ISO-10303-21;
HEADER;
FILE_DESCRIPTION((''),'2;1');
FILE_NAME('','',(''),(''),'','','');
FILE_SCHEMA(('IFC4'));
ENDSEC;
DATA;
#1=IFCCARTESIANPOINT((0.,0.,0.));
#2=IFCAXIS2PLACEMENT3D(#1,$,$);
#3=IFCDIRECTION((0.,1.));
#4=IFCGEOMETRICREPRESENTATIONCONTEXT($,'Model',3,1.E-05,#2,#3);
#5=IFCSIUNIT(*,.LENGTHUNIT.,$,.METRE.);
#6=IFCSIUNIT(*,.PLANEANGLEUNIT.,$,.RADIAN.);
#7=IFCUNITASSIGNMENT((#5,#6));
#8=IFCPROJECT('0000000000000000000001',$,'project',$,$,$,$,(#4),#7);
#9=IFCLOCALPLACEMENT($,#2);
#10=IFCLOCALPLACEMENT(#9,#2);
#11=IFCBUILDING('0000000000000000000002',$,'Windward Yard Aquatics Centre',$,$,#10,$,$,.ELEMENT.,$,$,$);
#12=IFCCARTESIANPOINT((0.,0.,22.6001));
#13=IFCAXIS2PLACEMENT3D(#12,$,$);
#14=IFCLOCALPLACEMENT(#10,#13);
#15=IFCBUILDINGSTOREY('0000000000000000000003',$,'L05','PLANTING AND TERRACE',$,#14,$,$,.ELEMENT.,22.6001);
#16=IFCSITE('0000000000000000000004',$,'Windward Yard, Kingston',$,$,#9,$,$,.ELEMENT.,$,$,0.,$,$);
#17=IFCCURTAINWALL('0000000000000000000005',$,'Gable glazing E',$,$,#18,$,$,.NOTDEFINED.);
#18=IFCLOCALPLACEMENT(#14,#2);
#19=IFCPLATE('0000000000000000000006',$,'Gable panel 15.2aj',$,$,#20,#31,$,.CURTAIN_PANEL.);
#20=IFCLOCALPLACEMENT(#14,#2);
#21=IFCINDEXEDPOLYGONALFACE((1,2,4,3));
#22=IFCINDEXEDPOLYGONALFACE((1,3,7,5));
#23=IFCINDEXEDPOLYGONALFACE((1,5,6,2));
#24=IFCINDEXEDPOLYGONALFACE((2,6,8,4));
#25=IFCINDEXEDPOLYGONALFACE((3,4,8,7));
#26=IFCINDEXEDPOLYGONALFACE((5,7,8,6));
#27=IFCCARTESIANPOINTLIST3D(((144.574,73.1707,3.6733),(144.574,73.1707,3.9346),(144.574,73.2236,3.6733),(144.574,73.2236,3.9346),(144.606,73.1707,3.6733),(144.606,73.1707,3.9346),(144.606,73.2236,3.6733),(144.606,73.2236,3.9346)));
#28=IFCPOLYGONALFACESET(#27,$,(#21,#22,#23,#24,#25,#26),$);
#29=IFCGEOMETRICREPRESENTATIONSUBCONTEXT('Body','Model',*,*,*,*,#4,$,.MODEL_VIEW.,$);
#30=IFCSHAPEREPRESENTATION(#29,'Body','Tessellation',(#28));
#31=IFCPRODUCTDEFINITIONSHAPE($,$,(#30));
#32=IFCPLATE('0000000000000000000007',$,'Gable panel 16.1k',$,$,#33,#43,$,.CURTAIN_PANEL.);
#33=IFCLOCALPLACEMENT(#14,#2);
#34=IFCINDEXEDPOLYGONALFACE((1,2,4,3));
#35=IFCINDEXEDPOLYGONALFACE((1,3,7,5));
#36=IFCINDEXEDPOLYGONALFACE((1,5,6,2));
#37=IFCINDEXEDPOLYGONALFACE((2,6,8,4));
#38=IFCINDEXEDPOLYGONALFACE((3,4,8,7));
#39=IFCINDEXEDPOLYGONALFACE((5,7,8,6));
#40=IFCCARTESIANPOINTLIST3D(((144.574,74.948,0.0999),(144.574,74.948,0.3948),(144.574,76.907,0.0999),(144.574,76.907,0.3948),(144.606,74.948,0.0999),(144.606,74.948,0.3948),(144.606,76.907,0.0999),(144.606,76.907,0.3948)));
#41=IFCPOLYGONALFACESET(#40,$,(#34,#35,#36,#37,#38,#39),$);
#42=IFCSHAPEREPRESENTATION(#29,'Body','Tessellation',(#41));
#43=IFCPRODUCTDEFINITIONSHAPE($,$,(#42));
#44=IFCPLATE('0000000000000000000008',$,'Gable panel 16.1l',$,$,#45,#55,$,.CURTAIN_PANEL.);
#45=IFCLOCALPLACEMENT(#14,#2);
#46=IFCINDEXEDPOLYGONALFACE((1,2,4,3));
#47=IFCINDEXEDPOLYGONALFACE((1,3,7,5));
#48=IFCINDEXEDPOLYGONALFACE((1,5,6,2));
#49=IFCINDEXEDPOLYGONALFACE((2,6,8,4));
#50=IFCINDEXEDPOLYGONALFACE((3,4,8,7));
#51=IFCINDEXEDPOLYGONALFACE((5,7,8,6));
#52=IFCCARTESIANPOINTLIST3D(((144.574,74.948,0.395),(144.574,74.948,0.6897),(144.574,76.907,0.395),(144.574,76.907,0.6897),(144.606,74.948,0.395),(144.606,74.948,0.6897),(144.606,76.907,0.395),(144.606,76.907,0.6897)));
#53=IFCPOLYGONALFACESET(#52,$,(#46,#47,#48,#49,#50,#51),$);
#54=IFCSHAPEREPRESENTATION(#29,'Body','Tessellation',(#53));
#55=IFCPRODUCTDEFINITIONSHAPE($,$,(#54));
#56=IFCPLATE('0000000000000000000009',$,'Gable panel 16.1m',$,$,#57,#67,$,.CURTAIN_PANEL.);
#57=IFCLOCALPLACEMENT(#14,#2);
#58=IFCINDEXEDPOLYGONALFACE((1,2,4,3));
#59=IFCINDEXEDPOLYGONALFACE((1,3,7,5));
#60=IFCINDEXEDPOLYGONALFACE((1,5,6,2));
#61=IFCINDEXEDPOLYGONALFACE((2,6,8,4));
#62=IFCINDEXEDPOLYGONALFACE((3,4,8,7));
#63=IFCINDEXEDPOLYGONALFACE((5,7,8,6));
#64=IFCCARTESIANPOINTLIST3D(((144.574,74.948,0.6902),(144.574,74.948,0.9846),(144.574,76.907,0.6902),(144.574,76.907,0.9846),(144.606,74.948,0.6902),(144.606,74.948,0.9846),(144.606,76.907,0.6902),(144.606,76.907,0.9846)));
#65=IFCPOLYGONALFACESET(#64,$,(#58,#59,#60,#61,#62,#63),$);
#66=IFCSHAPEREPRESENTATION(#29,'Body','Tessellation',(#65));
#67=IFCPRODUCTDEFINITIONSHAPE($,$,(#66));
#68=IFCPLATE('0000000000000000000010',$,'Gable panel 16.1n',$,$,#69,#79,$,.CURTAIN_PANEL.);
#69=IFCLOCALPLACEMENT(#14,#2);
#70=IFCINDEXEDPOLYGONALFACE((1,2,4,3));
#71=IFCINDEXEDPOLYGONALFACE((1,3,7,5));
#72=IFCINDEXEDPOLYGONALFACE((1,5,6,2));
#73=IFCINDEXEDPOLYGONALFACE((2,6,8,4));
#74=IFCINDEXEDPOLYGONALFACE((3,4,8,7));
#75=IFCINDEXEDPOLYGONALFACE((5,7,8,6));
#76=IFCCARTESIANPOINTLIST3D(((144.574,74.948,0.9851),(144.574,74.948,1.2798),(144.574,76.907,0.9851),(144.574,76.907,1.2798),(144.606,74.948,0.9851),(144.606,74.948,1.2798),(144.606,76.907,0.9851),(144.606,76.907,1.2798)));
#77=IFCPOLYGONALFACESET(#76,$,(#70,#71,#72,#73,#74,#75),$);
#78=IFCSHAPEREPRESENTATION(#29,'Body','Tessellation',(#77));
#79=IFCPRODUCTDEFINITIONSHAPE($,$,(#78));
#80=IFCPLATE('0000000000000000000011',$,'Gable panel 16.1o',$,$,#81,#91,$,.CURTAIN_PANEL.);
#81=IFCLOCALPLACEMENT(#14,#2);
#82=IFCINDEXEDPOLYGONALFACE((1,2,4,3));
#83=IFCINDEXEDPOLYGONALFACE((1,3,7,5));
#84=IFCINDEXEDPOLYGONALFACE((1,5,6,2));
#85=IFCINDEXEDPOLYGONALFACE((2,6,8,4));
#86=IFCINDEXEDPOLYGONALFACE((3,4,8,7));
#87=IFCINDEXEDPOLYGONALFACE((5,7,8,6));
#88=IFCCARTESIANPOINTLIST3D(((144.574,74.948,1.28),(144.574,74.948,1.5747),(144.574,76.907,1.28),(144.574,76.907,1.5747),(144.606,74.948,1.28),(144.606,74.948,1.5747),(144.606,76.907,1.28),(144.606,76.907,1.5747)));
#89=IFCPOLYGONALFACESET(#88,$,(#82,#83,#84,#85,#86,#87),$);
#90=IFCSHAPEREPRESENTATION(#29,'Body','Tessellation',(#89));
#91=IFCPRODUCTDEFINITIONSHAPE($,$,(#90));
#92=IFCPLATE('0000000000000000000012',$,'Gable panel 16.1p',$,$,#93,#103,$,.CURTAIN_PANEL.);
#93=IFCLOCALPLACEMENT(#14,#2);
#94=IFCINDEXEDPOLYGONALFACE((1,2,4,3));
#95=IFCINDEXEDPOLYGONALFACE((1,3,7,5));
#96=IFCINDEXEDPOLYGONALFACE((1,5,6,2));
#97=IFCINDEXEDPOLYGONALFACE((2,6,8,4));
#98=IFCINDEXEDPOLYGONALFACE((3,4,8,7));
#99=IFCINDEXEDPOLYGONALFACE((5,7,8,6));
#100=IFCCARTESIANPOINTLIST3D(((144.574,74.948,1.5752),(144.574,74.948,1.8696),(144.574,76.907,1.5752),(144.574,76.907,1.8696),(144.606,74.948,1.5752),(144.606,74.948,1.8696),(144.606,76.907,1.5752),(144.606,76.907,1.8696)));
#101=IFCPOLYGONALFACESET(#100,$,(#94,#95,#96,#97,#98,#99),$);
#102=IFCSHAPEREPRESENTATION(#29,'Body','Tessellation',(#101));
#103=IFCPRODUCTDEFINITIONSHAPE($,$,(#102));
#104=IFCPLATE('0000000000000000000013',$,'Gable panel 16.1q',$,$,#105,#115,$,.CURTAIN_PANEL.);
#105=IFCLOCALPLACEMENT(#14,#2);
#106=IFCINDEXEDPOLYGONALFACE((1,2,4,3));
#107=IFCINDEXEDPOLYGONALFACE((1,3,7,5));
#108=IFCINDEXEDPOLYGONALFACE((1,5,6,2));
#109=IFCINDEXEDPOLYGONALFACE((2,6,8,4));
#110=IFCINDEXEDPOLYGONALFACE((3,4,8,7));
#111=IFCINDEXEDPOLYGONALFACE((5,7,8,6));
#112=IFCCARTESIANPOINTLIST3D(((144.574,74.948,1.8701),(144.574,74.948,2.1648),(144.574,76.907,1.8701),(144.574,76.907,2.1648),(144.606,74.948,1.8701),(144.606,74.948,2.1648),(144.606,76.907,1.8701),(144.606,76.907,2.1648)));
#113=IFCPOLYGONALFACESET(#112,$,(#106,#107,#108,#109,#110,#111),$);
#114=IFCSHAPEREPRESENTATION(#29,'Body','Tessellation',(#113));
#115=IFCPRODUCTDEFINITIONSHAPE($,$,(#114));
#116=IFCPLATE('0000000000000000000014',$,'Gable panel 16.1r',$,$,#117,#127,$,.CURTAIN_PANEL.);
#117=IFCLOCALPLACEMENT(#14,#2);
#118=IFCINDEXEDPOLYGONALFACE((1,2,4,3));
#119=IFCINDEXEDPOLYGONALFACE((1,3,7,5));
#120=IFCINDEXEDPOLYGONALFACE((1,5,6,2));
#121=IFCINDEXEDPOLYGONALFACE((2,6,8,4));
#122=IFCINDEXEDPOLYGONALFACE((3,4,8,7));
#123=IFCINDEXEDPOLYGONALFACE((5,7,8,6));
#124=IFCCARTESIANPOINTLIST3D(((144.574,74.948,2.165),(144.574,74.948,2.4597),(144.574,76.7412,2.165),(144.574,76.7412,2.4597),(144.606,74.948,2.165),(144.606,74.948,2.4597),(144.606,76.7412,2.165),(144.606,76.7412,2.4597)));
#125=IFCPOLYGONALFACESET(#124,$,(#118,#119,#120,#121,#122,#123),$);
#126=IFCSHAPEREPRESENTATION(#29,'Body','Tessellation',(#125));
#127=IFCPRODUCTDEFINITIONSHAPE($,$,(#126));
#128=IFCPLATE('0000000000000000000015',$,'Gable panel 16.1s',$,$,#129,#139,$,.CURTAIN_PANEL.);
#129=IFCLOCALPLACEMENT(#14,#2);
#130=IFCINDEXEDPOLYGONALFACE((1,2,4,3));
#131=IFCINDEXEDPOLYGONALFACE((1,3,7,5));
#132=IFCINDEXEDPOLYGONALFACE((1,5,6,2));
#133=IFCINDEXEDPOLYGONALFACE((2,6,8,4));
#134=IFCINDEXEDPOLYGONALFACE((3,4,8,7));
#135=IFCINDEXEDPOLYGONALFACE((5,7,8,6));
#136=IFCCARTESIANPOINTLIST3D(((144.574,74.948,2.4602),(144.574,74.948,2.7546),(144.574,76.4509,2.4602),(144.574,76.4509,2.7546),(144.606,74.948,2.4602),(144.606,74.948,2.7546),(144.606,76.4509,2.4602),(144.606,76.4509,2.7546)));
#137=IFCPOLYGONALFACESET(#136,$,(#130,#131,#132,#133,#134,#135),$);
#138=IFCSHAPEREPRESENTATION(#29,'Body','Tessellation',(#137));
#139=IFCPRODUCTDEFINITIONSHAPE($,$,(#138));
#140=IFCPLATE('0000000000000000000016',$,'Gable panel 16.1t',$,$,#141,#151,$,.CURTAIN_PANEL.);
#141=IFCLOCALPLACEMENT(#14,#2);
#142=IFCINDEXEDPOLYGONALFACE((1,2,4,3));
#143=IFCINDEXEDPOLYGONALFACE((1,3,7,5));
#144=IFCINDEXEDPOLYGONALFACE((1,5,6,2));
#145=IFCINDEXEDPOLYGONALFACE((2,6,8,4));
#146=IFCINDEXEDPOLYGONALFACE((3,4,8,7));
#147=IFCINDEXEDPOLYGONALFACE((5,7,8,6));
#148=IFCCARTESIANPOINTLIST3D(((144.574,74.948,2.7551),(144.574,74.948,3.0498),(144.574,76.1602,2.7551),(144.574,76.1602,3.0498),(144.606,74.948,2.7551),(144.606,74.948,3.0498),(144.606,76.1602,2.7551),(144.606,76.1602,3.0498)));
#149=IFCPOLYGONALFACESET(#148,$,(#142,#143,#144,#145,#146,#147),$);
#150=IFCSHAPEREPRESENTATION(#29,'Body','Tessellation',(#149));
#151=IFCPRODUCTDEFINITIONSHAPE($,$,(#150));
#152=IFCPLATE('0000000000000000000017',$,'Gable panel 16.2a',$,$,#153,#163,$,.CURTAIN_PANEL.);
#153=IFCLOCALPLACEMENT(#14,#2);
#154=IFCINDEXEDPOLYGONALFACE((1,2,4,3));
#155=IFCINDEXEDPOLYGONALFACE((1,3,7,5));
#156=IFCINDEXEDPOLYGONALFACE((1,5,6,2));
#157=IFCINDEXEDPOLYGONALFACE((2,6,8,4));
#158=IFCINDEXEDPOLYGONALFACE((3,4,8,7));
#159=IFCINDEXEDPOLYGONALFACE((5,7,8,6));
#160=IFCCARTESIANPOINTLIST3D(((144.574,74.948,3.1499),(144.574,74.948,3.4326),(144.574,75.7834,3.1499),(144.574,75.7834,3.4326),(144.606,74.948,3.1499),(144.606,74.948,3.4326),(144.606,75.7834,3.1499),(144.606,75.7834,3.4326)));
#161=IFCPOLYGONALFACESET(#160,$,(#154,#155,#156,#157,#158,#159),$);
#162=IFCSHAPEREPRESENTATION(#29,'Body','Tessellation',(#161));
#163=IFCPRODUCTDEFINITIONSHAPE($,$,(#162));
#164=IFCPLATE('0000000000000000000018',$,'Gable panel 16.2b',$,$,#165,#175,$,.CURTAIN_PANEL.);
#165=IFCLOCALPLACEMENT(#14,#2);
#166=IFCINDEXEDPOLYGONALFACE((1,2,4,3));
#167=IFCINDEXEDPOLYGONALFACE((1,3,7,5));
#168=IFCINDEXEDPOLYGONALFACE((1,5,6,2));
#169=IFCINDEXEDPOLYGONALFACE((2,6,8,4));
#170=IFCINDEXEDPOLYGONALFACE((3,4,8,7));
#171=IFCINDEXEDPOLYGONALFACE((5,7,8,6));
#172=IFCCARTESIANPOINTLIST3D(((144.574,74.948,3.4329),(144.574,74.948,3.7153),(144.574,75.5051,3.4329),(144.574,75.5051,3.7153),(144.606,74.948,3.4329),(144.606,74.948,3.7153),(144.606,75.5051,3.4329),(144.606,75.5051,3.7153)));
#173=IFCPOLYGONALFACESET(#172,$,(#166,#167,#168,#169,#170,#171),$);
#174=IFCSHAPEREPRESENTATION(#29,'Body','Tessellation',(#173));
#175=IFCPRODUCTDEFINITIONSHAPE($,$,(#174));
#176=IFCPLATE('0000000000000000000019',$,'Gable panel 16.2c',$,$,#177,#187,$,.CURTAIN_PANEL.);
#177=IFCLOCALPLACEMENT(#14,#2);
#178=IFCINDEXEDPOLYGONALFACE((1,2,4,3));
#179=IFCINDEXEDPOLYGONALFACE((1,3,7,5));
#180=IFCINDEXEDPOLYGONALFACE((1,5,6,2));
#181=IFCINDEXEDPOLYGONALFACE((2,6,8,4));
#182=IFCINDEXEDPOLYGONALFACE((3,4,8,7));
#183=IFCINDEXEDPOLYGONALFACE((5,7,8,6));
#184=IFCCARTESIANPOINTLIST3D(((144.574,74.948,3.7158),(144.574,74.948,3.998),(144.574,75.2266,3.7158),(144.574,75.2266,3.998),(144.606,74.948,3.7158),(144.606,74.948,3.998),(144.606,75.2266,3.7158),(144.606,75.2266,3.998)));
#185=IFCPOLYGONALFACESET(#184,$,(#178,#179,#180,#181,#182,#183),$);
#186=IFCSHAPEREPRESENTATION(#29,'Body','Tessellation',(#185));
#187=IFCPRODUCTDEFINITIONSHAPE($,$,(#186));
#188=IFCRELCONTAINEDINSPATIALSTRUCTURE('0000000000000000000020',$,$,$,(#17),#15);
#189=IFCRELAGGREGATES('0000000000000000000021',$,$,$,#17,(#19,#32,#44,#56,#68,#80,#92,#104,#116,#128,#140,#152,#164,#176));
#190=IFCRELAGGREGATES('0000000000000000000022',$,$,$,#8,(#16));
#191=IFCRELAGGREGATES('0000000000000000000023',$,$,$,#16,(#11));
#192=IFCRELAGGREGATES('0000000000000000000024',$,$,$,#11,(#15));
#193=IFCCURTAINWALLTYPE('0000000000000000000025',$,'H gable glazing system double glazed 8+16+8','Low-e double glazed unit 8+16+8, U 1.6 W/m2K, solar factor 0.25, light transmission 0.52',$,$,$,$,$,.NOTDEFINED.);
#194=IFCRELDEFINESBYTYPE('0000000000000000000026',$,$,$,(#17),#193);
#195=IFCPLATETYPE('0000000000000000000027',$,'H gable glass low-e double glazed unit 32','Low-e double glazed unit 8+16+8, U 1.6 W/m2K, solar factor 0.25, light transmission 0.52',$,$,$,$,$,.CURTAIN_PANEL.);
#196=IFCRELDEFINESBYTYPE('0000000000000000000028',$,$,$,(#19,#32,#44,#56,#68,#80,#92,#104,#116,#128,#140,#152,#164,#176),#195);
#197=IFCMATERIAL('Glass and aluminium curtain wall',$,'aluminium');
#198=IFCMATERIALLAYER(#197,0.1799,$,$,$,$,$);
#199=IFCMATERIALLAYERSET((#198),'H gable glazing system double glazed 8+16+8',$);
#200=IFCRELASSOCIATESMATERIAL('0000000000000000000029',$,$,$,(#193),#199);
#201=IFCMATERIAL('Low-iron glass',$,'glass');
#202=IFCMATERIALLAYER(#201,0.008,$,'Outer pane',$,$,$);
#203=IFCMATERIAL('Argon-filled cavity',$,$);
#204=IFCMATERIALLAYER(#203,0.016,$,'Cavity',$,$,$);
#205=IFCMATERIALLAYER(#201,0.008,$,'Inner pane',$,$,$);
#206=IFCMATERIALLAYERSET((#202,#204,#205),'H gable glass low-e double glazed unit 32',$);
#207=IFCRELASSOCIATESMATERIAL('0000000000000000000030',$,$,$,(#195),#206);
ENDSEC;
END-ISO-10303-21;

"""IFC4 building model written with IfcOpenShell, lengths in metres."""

from ifc_helpers import new_model, si_unit, direction, frame, origin, place, context, subcontext, project, spatial, polyline, outline, extrude, material, layer, layer_set, type_object, element, aggregate, save


model = new_model("IFC4")

# Units and contexts
model_context = context("Model", 3, precision=1e-05, world=origin(), true_north=direction((0.0, 1.0)))
body_context = subcontext(model_context, "Body", "Model", "MODEL_VIEW")
ifc_project = project(units=[si_unit("LENGTHUNIT", "METRE"), si_unit("PLANEANGLEUNIT", "RADIAN")], contexts=[model_context])

# Site, building, storey
site_placement = place(None, origin())
site = spatial("IfcSite", under=ifc_project, at=site_placement, Name="Windward Yard, Kingston", CompositionType="ELEMENT", RefElevation=0.0)
building_placement = place(site_placement, origin())
building = spatial("IfcBuilding", under=site, at=building_placement, Name="Windward Yard Aquatics Centre", CompositionType="ELEMENT")
storey_placement = place(building_placement, frame((0.0, 0.0, 22.6001)))
storey = spatial("IfcBuildingStorey", under=building, at=storey_placement, Name="L05", Description="PLANTING AND TERRACE", CompositionType="ELEMENT", Elevation=22.6001)

# Curtain wall, plates
ifc_material_1 = material(Name="Glass and aluminium curtain wall", Category="aluminium")
ifc_layer_1 = layer(ifc_material_1, 0.1799)
ifc_layer_set_1 = layer_set([ifc_layer_1], Name="H gable glazing system double glazed 8+16+8")
curtain_wall_type = type_object("IfcCurtainWallType", Name="H gable glazing system double glazed 8+16+8", Description="Low-e double glazed unit 8+16+8, U 1.6 W/m2K, solar factor 0.25, light transmission 0.52", PredefinedType="NOTDEFINED", material=ifc_layer_set_1)
curtain_wall_placement = place(storey_placement, origin())
curtain_wall = element("IfcCurtainWall", 1, at=curtain_wall_placement, inside=storey, type_object=curtain_wall_type, Name="Gable glazing E", PredefinedType="NOTDEFINED")
ifc_material_2 = material(Name="Low-iron glass", Category="glass")
ifc_layer_2 = layer(ifc_material_2, 0.008, Name="Outer pane")
ifc_material_3 = material(Name="Argon-filled cavity")
ifc_layer_3 = layer(ifc_material_3, 0.016, Name="Cavity")
ifc_layer_4 = layer(ifc_material_2, 0.008, Name="Inner pane")
ifc_layer_set_2 = layer_set([ifc_layer_2, ifc_layer_3, ifc_layer_4], Name="H gable glass low-e double glazed unit 32")
plate_type = type_object("IfcPlateType", Name="H gable glass low-e double glazed unit 32", Description="Low-e double glazed unit 8+16+8, U 1.6 W/m2K, solar factor 0.25, light transmission 0.52", PredefinedType="CURTAIN_PANEL", material=ifc_layer_set_2)
plate_1_placement = place(storey_placement, frame((144.606, 73.1707, 3.6733), z_axis=(1.0, 0.0, 0.0), x_axis=(0.0, 1.0, 0.0)))
plate_1 = element("IfcPlate", 2, at=plate_1_placement, type_object=plate_type, Name="Gable panel 15.2aj", PredefinedType="CURTAIN_PANEL", context=body_context, shape_type="SweptSolid", body=[
    extrude(outline(polyline([(0.0, 0.0), (0.053, 0.0), (0.053, 0.2612), (0.0, 0.2612), (0.0, 0.0)])), origin(), (0.0, 0.0, -1.0), 0.032),
])
plate_2_placement = place(storey_placement, frame((144.606, 74.948, 0.0999), z_axis=(1.0, 0.0, 0.0), x_axis=(0.0, 1.0, 0.0)))
plate_2 = element("IfcPlate", 3, at=plate_2_placement, type_object=plate_type, Name="Gable panel 16.1k", PredefinedType="CURTAIN_PANEL", context=body_context, shape_type="SweptSolid", body=[
    extrude(outline(polyline([(0.0, 0.0), (1.959, 0.0), (1.959, 0.2949), (0.0, 0.2949), (0.0, 0.0)])), origin(), (0.0, 0.0, -1.0), 0.032),
])
plate_3_placement = place(storey_placement, frame((144.606, 74.948, 0.395), z_axis=(1.0, 0.0, 0.0), x_axis=(0.0, 1.0, 0.0)))
plate_3 = element("IfcPlate", 4, at=plate_3_placement, type_object=plate_type, Name="Gable panel 16.1l", PredefinedType="CURTAIN_PANEL", context=body_context, shape_type="SweptSolid", body=[
    extrude(outline(polyline([(0.0, 0.0), (1.959, 0.0), (1.959, 0.2947), (0.0, 0.2947), (0.0, 0.0)])), origin(), (0.0, 0.0, -1.0), 0.032),
])
plate_4_placement = place(storey_placement, frame((144.606, 74.948, 0.6902), z_axis=(1.0, 0.0, 0.0), x_axis=(0.0, 1.0, 0.0)))
plate_4 = element("IfcPlate", 5, at=plate_4_placement, type_object=plate_type, Name="Gable panel 16.1m", PredefinedType="CURTAIN_PANEL", context=body_context, shape_type="SweptSolid", body=[
    extrude(outline(polyline([(0.0, 0.0), (1.959, 0.0), (1.959, 0.2944), (0.0, 0.2944), (0.0, 0.0)])), origin(), (0.0, 0.0, -1.0), 0.032),
])
plate_5_placement = place(storey_placement, frame((144.606, 74.948, 0.9851), z_axis=(1.0, 0.0, 0.0), x_axis=(0.0, 1.0, 0.0)))
plate_5 = element("IfcPlate", 6, at=plate_5_placement, type_object=plate_type, Name="Gable panel 16.1n", PredefinedType="CURTAIN_PANEL", context=body_context, shape_type="SweptSolid", body=[
    extrude(outline(polyline([(0.0, 0.0), (1.959, 0.0), (1.959, 0.2947), (0.0, 0.2947), (0.0, 0.0)])), origin(), (0.0, 0.0, -1.0), 0.032),
])
plate_6_placement = place(storey_placement, frame((144.606, 74.948, 1.28), z_axis=(1.0, 0.0, 0.0), x_axis=(0.0, 1.0, 0.0)))
plate_6 = element("IfcPlate", 7, at=plate_6_placement, type_object=plate_type, Name="Gable panel 16.1o", PredefinedType="CURTAIN_PANEL", context=body_context, shape_type="SweptSolid", body=[
    extrude(outline(polyline([(0.0, 0.0), (1.959, 0.0), (1.959, 0.2947), (0.0, 0.2947), (0.0, 0.0)])), origin(), (0.0, 0.0, -1.0), 0.032),
])
plate_7_placement = place(storey_placement, frame((144.606, 74.948, 1.5752), z_axis=(1.0, 0.0, 0.0), x_axis=(0.0, 1.0, 0.0)))
plate_7 = element("IfcPlate", 8, at=plate_7_placement, type_object=plate_type, Name="Gable panel 16.1p", PredefinedType="CURTAIN_PANEL", context=body_context, shape_type="SweptSolid", body=[
    extrude(outline(polyline([(0.0, 0.0), (1.959, 0.0), (1.959, 0.2944), (0.0, 0.2944), (0.0, 0.0)])), origin(), (0.0, 0.0, -1.0), 0.032),
])
plate_8_placement = place(storey_placement, frame((144.606, 74.948, 1.8701), z_axis=(1.0, 0.0, 0.0), x_axis=(0.0, 1.0, 0.0)))
plate_8 = element("IfcPlate", 9, at=plate_8_placement, type_object=plate_type, Name="Gable panel 16.1q", PredefinedType="CURTAIN_PANEL", context=body_context, shape_type="SweptSolid", body=[
    extrude(outline(polyline([(0.0, 0.0), (1.959, 0.0), (1.959, 0.2947), (0.0, 0.2947), (0.0, 0.0)])), origin(), (0.0, 0.0, -1.0), 0.032),
])
plate_9_placement = place(storey_placement, frame((144.606, 74.948, 2.165), z_axis=(1.0, 0.0, 0.0), x_axis=(0.0, 1.0, 0.0)))
plate_9 = element("IfcPlate", 10, at=plate_9_placement, type_object=plate_type, Name="Gable panel 16.1r", PredefinedType="CURTAIN_PANEL", context=body_context, shape_type="SweptSolid", body=[
    extrude(outline(polyline([(0.0, 0.0), (1.7932, 0.0), (1.7932, 0.2947), (0.0, 0.2947), (0.0, 0.0)])), origin(), (0.0, 0.0, -1.0), 0.032),
])
plate_10_placement = place(storey_placement, frame((144.606, 74.948, 2.4602), z_axis=(1.0, 0.0, 0.0), x_axis=(0.0, 1.0, 0.0)))
plate_10 = element("IfcPlate", 11, at=plate_10_placement, type_object=plate_type, Name="Gable panel 16.1s", PredefinedType="CURTAIN_PANEL", context=body_context, shape_type="SweptSolid", body=[
    extrude(outline(polyline([(0.0, 0.0), (1.5029, 0.0), (1.5029, 0.2944), (0.0, 0.2944), (0.0, 0.0)])), origin(), (0.0, 0.0, -1.0), 0.032),
])
plate_11_placement = place(storey_placement, frame((144.606, 74.948, 2.7551), z_axis=(1.0, 0.0, 0.0), x_axis=(0.0, 1.0, 0.0)))
plate_11 = element("IfcPlate", 12, at=plate_11_placement, type_object=plate_type, Name="Gable panel 16.1t", PredefinedType="CURTAIN_PANEL", context=body_context, shape_type="SweptSolid", body=[
    extrude(outline(polyline([(0.0, 0.0), (1.2122, 0.0), (1.2122, 0.2947), (0.0, 0.2947), (0.0, 0.0)])), origin(), (0.0, 0.0, -1.0), 0.032),
])
plate_12_placement = place(storey_placement, frame((144.606, 74.948, 3.1499), z_axis=(1.0, 0.0, 0.0), x_axis=(0.0, 1.0, 0.0)))
plate_12 = element("IfcPlate", 13, at=plate_12_placement, type_object=plate_type, Name="Gable panel 16.2a", PredefinedType="CURTAIN_PANEL", context=body_context, shape_type="SweptSolid", body=[
    extrude(outline(polyline([(0.0, 0.0), (0.8354, 0.0), (0.8354, 0.2827), (0.0, 0.2827), (0.0, 0.0)])), origin(), (0.0, 0.0, -1.0), 0.032),
])
plate_13_placement = place(storey_placement, frame((144.606, 74.948, 3.4329), z_axis=(1.0, 0.0, 0.0), x_axis=(0.0, 1.0, 0.0)))
plate_13 = element("IfcPlate", 14, at=plate_13_placement, type_object=plate_type, Name="Gable panel 16.2b", PredefinedType="CURTAIN_PANEL", context=body_context, shape_type="SweptSolid", body=[
    extrude(outline(polyline([(0.0, 0.0), (0.5571, 0.0), (0.5571, 0.2825), (0.0, 0.2825), (0.0, 0.0)])), origin(), (0.0, 0.0, -1.0), 0.032),
])
plate_14_placement = place(storey_placement, frame((144.606, 74.948, 3.7158), z_axis=(1.0, 0.0, 0.0), x_axis=(0.0, 1.0, 0.0)))
plate_14 = element("IfcPlate", 15, at=plate_14_placement, type_object=plate_type, Name="Gable panel 16.2c", PredefinedType="CURTAIN_PANEL", context=body_context, shape_type="SweptSolid", body=[
    extrude(outline(polyline([(0.0, 0.0), (0.2786, 0.0), (0.2786, 0.2822), (0.0, 0.2822), (0.0, 0.0)])), origin(), (0.0, 0.0, -1.0), 0.032),
])
aggregate(curtain_wall, [plate_1, plate_2, plate_3, plate_4, plate_5, plate_6, plate_7, plate_8, plate_9, plate_10, plate_11, plate_12, plate_13, plate_14])

save(model, "model.ifc")
